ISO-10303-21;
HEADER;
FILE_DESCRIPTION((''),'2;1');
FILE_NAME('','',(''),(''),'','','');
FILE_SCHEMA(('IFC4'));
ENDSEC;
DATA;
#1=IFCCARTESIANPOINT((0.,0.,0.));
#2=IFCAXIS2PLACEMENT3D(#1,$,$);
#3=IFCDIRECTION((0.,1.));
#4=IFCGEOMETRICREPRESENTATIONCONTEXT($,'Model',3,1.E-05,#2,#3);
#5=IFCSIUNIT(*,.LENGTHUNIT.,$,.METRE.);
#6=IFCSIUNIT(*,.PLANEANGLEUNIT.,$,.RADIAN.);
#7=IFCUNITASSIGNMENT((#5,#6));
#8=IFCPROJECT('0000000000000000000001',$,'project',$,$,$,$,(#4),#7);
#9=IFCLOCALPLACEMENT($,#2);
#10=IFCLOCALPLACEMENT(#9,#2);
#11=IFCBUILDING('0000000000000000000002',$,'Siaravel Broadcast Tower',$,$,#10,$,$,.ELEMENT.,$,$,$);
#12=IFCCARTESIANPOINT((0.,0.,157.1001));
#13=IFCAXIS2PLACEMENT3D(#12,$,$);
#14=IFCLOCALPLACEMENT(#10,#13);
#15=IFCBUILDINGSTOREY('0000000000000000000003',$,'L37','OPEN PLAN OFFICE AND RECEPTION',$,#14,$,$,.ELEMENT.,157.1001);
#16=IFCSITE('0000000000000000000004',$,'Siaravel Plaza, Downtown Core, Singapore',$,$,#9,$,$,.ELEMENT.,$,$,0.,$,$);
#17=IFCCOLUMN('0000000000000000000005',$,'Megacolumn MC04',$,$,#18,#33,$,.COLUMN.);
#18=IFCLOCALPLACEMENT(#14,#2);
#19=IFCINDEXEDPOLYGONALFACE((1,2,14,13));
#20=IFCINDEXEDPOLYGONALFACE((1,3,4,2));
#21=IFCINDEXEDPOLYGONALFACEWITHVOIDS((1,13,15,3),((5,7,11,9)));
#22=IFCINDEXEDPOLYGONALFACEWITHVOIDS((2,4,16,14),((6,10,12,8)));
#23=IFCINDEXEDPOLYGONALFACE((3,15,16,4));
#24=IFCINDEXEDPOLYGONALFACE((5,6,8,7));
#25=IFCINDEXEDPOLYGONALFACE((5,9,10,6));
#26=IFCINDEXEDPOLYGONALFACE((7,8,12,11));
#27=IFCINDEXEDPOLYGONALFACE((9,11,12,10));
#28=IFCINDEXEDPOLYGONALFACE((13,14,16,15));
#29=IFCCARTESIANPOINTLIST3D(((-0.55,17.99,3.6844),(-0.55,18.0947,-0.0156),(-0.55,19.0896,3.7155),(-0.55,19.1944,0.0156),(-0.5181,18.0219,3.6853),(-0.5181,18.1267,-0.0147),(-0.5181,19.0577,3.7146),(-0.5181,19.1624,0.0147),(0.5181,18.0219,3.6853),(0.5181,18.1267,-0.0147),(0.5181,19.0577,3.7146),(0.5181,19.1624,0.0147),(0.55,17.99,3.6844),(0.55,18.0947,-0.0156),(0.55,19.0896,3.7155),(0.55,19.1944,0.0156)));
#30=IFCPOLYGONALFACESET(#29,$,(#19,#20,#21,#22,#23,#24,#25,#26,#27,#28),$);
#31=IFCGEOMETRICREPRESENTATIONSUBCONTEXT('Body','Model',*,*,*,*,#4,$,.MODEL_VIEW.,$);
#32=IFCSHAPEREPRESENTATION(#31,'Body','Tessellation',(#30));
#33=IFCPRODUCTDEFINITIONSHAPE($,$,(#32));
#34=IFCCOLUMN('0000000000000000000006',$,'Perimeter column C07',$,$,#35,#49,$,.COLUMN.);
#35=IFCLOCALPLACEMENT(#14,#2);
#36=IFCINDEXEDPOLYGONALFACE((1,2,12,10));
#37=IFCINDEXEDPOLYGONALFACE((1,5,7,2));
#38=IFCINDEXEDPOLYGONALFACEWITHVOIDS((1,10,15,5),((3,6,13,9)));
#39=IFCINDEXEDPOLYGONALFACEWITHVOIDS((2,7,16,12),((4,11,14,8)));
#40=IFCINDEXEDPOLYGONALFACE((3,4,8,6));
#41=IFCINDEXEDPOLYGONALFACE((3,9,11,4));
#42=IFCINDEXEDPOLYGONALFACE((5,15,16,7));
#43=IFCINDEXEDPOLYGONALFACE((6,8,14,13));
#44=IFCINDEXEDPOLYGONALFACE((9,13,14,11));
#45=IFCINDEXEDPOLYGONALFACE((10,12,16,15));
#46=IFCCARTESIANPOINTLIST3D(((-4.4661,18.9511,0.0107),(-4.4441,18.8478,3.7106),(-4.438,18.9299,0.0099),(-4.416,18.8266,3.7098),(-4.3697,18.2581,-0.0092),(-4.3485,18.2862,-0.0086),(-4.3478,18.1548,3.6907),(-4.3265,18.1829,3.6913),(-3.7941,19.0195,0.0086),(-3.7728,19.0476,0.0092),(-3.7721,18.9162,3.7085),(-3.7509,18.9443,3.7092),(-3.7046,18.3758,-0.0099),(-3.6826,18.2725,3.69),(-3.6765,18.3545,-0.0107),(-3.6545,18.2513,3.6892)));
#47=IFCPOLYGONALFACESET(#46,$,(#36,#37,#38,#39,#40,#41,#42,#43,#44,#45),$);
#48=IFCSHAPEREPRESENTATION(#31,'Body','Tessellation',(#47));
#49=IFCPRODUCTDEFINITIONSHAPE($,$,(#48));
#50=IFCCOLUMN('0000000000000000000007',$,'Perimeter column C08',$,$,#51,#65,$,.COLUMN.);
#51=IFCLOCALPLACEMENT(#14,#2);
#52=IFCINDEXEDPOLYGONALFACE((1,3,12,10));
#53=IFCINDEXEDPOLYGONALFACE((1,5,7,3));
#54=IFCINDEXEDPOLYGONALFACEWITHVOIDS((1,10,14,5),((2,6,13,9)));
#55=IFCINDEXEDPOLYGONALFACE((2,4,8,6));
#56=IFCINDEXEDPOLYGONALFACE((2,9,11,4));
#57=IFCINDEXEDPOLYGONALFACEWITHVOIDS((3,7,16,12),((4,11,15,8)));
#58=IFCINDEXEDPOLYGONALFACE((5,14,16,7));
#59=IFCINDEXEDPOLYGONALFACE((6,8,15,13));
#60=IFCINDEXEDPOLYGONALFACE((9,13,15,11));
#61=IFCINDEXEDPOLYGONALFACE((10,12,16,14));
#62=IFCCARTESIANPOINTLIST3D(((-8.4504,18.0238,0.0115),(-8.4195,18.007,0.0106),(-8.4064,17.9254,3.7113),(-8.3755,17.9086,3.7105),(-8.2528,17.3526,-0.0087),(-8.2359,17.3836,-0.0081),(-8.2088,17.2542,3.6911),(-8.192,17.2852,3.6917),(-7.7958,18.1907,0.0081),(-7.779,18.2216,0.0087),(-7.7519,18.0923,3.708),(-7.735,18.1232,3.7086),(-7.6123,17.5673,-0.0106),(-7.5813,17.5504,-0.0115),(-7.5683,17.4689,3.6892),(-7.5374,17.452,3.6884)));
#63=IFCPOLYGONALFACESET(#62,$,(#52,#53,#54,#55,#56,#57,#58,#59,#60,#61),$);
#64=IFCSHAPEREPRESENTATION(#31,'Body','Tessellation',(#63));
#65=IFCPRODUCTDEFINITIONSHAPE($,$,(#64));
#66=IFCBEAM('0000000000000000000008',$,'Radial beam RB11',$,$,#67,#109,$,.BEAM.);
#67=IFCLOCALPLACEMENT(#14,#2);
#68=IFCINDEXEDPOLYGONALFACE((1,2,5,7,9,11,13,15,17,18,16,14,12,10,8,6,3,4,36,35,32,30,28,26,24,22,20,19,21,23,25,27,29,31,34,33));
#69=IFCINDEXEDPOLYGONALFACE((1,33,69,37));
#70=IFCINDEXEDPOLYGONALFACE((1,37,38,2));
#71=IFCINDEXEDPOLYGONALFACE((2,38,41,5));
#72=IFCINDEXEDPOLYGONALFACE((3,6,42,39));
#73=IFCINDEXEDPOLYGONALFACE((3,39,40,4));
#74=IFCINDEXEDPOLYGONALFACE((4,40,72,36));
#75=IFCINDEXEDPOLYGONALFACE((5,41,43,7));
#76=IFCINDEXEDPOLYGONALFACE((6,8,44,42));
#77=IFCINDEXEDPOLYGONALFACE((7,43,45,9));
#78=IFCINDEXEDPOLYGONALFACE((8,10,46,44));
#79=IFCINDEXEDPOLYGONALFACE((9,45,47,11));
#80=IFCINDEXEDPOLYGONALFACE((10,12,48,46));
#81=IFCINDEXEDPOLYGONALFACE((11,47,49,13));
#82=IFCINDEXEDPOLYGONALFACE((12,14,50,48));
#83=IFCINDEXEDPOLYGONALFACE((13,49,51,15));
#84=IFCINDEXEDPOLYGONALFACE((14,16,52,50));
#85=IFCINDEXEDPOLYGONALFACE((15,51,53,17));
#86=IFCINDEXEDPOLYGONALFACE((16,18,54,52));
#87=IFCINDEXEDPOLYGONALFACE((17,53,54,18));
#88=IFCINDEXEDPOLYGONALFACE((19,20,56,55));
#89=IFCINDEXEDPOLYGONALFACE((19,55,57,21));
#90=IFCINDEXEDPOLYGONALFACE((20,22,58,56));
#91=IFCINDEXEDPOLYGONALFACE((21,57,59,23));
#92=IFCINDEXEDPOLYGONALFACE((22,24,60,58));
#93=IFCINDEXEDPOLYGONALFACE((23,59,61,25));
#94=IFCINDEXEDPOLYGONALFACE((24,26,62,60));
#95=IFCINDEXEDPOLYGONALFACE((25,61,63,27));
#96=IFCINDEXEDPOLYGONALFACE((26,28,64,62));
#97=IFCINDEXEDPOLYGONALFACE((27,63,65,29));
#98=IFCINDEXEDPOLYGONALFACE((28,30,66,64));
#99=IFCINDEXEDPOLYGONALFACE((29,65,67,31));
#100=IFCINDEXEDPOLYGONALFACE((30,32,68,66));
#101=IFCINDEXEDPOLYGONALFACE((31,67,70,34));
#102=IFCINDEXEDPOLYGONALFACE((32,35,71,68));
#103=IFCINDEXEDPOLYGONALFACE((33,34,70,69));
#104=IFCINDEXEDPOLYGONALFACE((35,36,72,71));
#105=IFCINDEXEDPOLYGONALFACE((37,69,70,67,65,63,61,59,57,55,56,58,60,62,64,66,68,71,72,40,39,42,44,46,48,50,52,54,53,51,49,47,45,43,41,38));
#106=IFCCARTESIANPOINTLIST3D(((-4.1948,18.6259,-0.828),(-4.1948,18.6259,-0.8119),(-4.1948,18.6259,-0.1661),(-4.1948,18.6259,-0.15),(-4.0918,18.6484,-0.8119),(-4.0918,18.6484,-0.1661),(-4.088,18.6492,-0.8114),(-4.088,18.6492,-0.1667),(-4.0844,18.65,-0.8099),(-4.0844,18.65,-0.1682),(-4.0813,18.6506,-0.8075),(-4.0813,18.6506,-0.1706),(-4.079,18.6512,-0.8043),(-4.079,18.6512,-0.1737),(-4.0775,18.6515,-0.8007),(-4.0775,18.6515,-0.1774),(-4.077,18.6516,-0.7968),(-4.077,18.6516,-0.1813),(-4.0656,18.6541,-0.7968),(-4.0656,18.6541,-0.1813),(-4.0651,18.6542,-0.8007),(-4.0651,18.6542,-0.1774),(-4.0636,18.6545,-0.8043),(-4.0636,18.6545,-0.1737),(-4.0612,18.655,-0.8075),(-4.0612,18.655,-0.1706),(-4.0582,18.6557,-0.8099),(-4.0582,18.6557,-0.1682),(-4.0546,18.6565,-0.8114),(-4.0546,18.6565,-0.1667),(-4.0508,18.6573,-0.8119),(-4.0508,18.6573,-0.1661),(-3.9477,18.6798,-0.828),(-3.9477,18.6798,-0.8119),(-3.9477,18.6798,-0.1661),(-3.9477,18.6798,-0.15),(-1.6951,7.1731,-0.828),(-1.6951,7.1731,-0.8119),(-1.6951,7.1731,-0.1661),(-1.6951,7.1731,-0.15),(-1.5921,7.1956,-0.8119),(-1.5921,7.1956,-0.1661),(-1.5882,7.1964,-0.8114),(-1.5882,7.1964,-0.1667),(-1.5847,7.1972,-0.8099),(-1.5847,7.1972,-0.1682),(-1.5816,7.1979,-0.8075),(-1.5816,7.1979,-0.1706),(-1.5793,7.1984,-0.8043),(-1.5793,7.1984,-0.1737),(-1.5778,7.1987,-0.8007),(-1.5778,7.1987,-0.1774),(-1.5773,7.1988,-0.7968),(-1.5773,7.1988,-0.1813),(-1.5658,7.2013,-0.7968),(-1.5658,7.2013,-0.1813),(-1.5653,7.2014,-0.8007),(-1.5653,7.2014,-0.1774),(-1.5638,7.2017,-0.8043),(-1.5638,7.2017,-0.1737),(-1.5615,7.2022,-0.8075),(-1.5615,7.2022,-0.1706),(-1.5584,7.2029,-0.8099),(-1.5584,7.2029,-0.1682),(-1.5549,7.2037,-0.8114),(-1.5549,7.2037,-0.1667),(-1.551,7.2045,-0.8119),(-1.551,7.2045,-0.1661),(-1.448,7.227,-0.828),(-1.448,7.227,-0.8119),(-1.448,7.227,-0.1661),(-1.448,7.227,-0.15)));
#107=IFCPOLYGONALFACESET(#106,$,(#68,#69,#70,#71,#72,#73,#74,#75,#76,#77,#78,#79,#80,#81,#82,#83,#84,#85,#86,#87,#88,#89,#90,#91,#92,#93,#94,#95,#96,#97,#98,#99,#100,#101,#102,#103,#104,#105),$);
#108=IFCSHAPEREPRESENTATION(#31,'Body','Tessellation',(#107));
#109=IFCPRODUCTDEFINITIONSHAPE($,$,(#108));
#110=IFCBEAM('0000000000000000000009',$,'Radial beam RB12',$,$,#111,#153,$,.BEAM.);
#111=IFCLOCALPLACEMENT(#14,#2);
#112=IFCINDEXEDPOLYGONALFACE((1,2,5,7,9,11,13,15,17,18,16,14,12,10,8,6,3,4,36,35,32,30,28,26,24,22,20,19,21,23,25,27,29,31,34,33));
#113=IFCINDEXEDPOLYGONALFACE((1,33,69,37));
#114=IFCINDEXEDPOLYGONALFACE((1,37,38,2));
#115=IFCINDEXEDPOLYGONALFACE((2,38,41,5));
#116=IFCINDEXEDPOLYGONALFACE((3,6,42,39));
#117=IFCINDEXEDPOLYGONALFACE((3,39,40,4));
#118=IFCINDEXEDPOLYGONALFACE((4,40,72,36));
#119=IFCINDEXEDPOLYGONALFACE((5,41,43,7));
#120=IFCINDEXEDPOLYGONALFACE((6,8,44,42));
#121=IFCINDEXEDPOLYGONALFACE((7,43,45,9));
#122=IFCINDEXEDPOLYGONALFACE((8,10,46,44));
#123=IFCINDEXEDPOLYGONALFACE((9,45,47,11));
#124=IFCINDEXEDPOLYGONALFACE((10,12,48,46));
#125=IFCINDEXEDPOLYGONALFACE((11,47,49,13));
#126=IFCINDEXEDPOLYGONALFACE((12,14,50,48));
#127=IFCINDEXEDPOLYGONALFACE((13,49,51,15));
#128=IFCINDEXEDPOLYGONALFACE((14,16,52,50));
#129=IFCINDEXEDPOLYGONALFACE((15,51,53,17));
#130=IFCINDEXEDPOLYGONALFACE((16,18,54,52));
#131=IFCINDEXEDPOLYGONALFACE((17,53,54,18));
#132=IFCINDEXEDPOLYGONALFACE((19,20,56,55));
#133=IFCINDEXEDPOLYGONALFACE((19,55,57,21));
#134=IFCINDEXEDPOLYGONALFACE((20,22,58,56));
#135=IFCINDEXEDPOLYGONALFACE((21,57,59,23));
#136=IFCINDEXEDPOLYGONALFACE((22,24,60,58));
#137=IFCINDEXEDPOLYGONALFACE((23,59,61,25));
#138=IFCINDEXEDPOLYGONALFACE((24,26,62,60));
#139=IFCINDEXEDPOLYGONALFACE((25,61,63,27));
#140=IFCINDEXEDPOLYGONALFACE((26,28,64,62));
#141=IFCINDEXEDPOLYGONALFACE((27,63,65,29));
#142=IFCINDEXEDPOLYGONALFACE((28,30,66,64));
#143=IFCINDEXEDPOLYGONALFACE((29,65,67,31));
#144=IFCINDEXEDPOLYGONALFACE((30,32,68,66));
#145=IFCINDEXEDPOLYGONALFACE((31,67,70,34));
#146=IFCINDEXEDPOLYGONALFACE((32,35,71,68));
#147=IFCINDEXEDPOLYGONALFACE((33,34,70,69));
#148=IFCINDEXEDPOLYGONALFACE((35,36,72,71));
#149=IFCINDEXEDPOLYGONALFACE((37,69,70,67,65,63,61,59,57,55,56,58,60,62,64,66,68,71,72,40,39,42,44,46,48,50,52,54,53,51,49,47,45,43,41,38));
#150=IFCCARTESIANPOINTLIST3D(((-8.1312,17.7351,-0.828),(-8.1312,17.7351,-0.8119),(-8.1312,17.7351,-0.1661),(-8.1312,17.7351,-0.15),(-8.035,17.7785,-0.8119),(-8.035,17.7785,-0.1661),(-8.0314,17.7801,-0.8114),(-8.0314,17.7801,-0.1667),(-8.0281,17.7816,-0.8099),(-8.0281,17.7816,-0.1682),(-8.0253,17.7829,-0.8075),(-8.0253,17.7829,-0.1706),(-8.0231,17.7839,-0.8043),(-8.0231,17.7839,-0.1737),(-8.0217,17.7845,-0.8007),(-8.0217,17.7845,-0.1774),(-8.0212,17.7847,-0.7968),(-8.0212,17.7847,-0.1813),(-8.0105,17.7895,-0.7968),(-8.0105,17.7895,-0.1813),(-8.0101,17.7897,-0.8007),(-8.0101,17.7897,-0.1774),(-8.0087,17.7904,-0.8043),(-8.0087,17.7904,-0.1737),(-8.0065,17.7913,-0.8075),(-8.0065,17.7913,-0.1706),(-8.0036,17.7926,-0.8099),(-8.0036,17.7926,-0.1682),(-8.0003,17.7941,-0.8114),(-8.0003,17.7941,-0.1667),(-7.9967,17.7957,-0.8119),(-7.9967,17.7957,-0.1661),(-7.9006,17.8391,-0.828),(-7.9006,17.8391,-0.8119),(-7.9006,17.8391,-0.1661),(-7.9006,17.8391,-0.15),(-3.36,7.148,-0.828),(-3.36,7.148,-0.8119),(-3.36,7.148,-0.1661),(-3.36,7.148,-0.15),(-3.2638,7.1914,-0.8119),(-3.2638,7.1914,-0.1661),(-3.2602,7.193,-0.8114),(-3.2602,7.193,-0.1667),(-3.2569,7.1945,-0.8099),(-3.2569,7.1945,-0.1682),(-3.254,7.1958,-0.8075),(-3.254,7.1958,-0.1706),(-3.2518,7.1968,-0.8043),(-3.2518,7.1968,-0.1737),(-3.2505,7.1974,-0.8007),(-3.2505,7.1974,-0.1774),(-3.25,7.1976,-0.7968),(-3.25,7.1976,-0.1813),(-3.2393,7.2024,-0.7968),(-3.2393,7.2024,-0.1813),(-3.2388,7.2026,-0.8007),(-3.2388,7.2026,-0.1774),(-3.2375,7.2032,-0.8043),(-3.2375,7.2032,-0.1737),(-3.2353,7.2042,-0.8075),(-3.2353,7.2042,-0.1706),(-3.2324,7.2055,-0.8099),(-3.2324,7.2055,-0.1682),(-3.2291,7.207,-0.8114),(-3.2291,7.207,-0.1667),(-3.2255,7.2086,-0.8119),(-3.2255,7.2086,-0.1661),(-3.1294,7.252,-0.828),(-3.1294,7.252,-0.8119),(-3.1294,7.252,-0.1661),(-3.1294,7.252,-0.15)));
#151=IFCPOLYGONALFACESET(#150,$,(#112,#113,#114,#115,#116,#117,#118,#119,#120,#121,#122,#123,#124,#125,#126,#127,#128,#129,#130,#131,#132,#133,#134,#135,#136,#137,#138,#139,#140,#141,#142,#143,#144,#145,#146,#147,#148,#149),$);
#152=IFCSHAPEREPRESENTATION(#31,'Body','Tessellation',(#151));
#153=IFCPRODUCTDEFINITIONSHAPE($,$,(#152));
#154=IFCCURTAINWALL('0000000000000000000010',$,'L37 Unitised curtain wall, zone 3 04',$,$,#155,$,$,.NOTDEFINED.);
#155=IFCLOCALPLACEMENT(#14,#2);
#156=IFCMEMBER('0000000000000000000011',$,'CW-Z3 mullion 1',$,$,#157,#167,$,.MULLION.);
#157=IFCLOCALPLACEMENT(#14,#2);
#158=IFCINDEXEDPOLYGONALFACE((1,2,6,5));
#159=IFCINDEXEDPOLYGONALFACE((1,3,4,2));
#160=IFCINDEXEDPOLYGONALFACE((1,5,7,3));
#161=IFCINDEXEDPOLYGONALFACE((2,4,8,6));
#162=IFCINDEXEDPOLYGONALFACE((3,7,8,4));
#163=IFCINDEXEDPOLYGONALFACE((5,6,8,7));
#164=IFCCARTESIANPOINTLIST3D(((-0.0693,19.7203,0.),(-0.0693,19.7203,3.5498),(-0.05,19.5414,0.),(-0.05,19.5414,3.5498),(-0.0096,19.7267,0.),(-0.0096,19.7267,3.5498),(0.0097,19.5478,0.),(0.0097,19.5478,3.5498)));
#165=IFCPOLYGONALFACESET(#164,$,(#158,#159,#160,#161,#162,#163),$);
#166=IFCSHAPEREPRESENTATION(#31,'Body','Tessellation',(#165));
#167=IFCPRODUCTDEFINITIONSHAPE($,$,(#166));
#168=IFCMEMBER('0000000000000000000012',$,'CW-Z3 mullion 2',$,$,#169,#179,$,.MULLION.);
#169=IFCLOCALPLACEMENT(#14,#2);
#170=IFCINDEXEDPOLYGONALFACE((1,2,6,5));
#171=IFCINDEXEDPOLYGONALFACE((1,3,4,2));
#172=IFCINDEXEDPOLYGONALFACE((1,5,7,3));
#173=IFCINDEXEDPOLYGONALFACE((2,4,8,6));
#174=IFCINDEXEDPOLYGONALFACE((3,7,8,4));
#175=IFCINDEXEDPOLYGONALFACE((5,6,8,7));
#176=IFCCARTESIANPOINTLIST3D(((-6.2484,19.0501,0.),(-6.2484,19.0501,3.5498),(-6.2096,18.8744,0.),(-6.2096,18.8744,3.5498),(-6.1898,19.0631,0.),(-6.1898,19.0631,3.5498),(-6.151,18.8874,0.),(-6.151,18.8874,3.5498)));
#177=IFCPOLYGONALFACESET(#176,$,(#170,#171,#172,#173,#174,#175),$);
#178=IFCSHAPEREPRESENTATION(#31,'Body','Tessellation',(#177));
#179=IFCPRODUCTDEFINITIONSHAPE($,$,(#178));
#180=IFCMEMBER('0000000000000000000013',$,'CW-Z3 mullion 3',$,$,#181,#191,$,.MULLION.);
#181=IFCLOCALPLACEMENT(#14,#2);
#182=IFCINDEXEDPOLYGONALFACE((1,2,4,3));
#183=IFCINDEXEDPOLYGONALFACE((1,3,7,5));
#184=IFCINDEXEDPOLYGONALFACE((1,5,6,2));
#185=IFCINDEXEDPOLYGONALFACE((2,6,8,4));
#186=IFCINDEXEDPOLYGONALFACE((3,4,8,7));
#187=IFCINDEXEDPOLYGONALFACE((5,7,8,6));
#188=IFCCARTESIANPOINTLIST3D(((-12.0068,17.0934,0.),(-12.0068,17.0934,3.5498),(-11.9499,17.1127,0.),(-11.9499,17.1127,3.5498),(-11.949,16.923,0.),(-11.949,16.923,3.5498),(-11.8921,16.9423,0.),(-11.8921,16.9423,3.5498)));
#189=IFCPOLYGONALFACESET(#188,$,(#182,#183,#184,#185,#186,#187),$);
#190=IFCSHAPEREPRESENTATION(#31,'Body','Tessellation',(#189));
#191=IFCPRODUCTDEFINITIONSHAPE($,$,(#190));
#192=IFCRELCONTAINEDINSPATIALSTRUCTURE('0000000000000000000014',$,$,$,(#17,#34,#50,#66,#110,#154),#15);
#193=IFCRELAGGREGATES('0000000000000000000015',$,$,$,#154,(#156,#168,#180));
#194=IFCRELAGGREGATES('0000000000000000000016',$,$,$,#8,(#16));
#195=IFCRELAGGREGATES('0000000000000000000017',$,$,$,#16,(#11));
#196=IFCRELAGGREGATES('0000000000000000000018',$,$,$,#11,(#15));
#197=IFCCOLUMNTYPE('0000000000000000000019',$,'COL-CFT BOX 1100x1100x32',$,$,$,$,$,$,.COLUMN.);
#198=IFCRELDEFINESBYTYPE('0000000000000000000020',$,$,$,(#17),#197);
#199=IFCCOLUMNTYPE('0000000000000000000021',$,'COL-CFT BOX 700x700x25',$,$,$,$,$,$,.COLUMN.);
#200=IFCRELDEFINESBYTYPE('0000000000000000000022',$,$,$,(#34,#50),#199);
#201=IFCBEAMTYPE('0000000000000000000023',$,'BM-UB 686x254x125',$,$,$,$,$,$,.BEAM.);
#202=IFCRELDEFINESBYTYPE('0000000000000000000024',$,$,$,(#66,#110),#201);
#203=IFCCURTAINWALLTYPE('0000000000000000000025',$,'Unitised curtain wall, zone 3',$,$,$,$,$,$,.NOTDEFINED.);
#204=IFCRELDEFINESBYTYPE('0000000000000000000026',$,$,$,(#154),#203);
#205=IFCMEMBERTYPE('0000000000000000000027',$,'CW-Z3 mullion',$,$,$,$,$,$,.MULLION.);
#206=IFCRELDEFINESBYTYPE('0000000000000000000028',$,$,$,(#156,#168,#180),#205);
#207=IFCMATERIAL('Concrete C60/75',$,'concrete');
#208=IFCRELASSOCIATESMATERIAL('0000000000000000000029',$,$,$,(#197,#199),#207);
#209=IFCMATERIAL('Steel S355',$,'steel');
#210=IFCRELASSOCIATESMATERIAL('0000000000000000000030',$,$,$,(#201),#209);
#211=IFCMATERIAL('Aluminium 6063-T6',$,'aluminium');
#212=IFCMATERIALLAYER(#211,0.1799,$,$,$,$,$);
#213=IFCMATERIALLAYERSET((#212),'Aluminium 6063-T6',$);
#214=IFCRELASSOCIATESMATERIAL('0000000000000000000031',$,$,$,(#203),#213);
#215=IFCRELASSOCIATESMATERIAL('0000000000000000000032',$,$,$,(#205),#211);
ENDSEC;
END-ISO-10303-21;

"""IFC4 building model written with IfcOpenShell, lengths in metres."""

from ifc_helpers import new_model, si_unit, direction, frame, origin, origin_2d, place, context, subcontext, project, spatial, rectangle, hollow_rectangle, i_section, extrude, material, layer, layer_set, material_profile, profile_set, type_object, element, aggregate, save


model = new_model("IFC4")

# Units and contexts
model_context = context("Model", 3, precision=1e-05, world=origin(), true_north=direction((0.0, 1.0)))
body_context = subcontext(model_context, "Body", "Model", "MODEL_VIEW")
ifc_project = project(units=[si_unit("LENGTHUNIT", "METRE"), si_unit("PLANEANGLEUNIT", "RADIAN")], contexts=[model_context])

# Site, building, storey
site_placement = place(None, origin())
site = spatial("IfcSite", under=ifc_project, at=site_placement, Name="Siaravel Plaza, Downtown Core, Singapore", CompositionType="ELEMENT", RefElevation=0.0)
building_placement = place(site_placement, origin())
building = spatial("IfcBuilding", under=site, at=building_placement, Name="Siaravel Broadcast Tower", CompositionType="ELEMENT")
storey_placement = place(building_placement, frame((0.0, 0.0, 157.1001)))
storey = spatial("IfcBuildingStorey", under=building, at=storey_placement, Name="L37", Description="OPEN PLAN OFFICE AND RECEPTION", CompositionType="ELEMENT", Elevation=157.1001)

# Columns
ifc_material_1 = material(Name="Concrete C60/75", Category="concrete")
ifc_material_profile_1 = material_profile(ifc_material_1, hollow_rectangle(XDim=1.1001, YDim=1.1001, WallThickness=0.032, at=origin_2d()))
ifc_profile_set_1 = profile_set([ifc_material_profile_1], Name="Concrete C60/75")
column_type_1 = type_object("IfcColumnType", Name="COL-CFT BOX 1100x1100x32", PredefinedType="COLUMN", material=ifc_profile_set_1)
column_placement = place(storey_placement, frame((0.0, 18.6445, 0.0), z_axis=(0.0, -0.028296, 0.9996), x_axis=(1.0, 0.0, 0.0)))
element("IfcColumn", 1, at=column_placement, inside=storey, type_object=column_type_1, Name="Megacolumn MC04", PredefinedType="COLUMN", context=body_context, shape_type="SweptSolid", body=[
    extrude(hollow_rectangle(XDim=1.1001, YDim=1.1001, WallThickness=0.032, at=origin_2d()), origin(), (0.0, 0.0, 1.0), 3.7014),
])
ifc_material_profile_2 = material_profile(ifc_material_1, hollow_rectangle(XDim=0.7, YDim=0.7, WallThickness=0.0249, at=origin_2d()))
ifc_profile_set_2 = profile_set([ifc_material_profile_2], Name="Concrete C60/75")
column_type_2 = type_object("IfcColumnType", Name="COL-CFT BOX 700x700x25", PredefinedType="COLUMN", material=ifc_profile_set_2)
for number, where, z_axis, x_axis, name in (
    (2, (-4.0713, 18.6528, 0.0), (0.005936, -0.0279, 0.999593), (0.990461, 0.137775, -0.002036), "Perimeter column C07"),
    (3, (-8.0159, 17.7871, 0.0), (0.011872, -0.026581, 0.999576), (0.959242, 0.282559, -0.003879), "Perimeter column C08"),
):
    element("IfcColumn", number, at=place(storey_placement, frame(where, z_axis=z_axis, x_axis=x_axis)), inside=storey, type_object=column_type_2, Name=name, PredefinedType="COLUMN", context=body_context, shape_type="SweptSolid", body=[
        extrude(hollow_rectangle(XDim=0.7, YDim=0.7, WallThickness=0.0249, at=origin_2d()), origin(), (0.0, 0.0, 1.0), 3.7014),
    ])

# Beams
ifc_material_2 = material(Name="Steel S355", Category="steel")
ifc_material_profile_3 = material_profile(ifc_material_2, i_section(OverallWidth=0.2529, OverallDepth=0.678, WebThickness=0.0117, FlangeThickness=0.0161, FilletRadius=0.0151, at=origin_2d()))
ifc_profile_set_3 = profile_set([ifc_material_profile_3], Name="Steel S355")
beam_type = type_object("IfcBeamType", Name="BM-UB 686x254x125", PredefinedType="BEAM", material=ifc_profile_set_3)
beam_1_placement = place(storey_placement, frame((-4.0713, 18.6528, -0.489), z_axis=(0.213244, -0.976999, 0.0), x_axis=(0.976999, 0.213244, 0.0)))
element("IfcBeam", 4, at=beam_1_placement, inside=storey, type_object=beam_type, Name="Radial beam RB11", PredefinedType="BEAM", context=body_context, shape_type="SweptSolid", body=[
    extrude(i_section(OverallWidth=0.2529, OverallDepth=0.678, WebThickness=0.0117, FlangeThickness=0.0161, FilletRadius=0.0151, at=origin_2d()), origin(), (0.0, 0.0, 1.0), 11.7224),
])
beam_2_placement = place(storey_placement, frame((-8.0159, 17.7871, -0.489), z_axis=(0.410867, -0.911695, 0.0), x_axis=(0.911695, 0.410867, 0.0)))
element("IfcBeam", 5, at=beam_2_placement, inside=storey, type_object=beam_type, Name="Radial beam RB12", PredefinedType="BEAM", context=body_context, shape_type="SweptSolid", body=[
    extrude(i_section(OverallWidth=0.2529, OverallDepth=0.678, WebThickness=0.0117, FlangeThickness=0.0161, FilletRadius=0.0151, at=origin_2d()), origin(), (0.0, 0.0, 1.0), 11.6125),
])

# Curtain wall, members
ifc_material_3 = material(Name="Aluminium 6063-T6", Category="aluminium")
ifc_layer_1 = layer(ifc_material_3, 0.1799)
ifc_layer_set_1 = layer_set([ifc_layer_1], Name="Aluminium 6063-T6")
curtain_wall_type = type_object("IfcCurtainWallType", Name="Unitised curtain wall, zone 3", PredefinedType="NOTDEFINED", material=ifc_layer_set_1)
curtain_wall_placement = place(storey_placement, origin())
curtain_wall = element("IfcCurtainWall", 6, at=curtain_wall_placement, inside=storey, type_object=curtain_wall_type, Name="L37 Unitised curtain wall, zone 3 04", PredefinedType="NOTDEFINED")
ifc_material_profile_4 = material_profile(ifc_material_3, rectangle(XDim=0.1799, YDim=0.0601, at=origin_2d()))
ifc_profile_set_4 = profile_set([ifc_material_profile_4], Name="Aluminium 6063-T6")
member_type_1 = type_object("IfcMemberType", Name="CW-Z3 mullion", PredefinedType="MULLION", material=ifc_profile_set_4)
member_1_placement = place(storey_placement, frame((-0.0298, 19.634, 0.0), z_axis=(0.0, 0.0, 1.0), x_axis=(0.107218, -0.994236, 0.0)))
member_1 = element("IfcMember", 7, at=member_1_placement, type_object=member_type_1, Name="CW-Z3 mullion 1", PredefinedType="MULLION", context=body_context, shape_type="SweptSolid", body=[
    extrude(rectangle(XDim=0.1799, YDim=0.0601, at=origin_2d()), origin(), (0.0, 0.0, 1.0), 3.5498),
])
member_2_placement = place(storey_placement, frame((-6.1997, 18.9688, 0.0), z_axis=(0.0, 0.0, 1.0), x_axis=(0.215559, -0.976491, 0.0)))
member_2 = element("IfcMember", 8, at=member_2_placement, type_object=member_type_1, Name="CW-Z3 mullion 2", PredefinedType="MULLION", context=body_context, shape_type="SweptSolid", body=[
    extrude(rectangle(XDim=0.1799, YDim=0.0601, at=origin_2d()), origin(), (0.0, 0.0, 1.0), 3.5498),
])
member_3_placement = place(storey_placement, frame((-11.9495, 17.0178, 0.0), z_axis=(0.0, 0.0, 1.0), x_axis=(0.321301, -0.946977, 0.0)))
member_3 = element("IfcMember", 9, at=member_3_placement, type_object=member_type_1, Name="CW-Z3 mullion 3", PredefinedType="MULLION", context=body_context, shape_type="SweptSolid", body=[
    extrude(rectangle(XDim=0.1799, YDim=0.0601, at=origin_2d()), origin(), (0.0, 0.0, 1.0), 3.5498),
])

aggregate(curtain_wall, [member_1, member_2, member_3])

save(model, "model.ifc")
